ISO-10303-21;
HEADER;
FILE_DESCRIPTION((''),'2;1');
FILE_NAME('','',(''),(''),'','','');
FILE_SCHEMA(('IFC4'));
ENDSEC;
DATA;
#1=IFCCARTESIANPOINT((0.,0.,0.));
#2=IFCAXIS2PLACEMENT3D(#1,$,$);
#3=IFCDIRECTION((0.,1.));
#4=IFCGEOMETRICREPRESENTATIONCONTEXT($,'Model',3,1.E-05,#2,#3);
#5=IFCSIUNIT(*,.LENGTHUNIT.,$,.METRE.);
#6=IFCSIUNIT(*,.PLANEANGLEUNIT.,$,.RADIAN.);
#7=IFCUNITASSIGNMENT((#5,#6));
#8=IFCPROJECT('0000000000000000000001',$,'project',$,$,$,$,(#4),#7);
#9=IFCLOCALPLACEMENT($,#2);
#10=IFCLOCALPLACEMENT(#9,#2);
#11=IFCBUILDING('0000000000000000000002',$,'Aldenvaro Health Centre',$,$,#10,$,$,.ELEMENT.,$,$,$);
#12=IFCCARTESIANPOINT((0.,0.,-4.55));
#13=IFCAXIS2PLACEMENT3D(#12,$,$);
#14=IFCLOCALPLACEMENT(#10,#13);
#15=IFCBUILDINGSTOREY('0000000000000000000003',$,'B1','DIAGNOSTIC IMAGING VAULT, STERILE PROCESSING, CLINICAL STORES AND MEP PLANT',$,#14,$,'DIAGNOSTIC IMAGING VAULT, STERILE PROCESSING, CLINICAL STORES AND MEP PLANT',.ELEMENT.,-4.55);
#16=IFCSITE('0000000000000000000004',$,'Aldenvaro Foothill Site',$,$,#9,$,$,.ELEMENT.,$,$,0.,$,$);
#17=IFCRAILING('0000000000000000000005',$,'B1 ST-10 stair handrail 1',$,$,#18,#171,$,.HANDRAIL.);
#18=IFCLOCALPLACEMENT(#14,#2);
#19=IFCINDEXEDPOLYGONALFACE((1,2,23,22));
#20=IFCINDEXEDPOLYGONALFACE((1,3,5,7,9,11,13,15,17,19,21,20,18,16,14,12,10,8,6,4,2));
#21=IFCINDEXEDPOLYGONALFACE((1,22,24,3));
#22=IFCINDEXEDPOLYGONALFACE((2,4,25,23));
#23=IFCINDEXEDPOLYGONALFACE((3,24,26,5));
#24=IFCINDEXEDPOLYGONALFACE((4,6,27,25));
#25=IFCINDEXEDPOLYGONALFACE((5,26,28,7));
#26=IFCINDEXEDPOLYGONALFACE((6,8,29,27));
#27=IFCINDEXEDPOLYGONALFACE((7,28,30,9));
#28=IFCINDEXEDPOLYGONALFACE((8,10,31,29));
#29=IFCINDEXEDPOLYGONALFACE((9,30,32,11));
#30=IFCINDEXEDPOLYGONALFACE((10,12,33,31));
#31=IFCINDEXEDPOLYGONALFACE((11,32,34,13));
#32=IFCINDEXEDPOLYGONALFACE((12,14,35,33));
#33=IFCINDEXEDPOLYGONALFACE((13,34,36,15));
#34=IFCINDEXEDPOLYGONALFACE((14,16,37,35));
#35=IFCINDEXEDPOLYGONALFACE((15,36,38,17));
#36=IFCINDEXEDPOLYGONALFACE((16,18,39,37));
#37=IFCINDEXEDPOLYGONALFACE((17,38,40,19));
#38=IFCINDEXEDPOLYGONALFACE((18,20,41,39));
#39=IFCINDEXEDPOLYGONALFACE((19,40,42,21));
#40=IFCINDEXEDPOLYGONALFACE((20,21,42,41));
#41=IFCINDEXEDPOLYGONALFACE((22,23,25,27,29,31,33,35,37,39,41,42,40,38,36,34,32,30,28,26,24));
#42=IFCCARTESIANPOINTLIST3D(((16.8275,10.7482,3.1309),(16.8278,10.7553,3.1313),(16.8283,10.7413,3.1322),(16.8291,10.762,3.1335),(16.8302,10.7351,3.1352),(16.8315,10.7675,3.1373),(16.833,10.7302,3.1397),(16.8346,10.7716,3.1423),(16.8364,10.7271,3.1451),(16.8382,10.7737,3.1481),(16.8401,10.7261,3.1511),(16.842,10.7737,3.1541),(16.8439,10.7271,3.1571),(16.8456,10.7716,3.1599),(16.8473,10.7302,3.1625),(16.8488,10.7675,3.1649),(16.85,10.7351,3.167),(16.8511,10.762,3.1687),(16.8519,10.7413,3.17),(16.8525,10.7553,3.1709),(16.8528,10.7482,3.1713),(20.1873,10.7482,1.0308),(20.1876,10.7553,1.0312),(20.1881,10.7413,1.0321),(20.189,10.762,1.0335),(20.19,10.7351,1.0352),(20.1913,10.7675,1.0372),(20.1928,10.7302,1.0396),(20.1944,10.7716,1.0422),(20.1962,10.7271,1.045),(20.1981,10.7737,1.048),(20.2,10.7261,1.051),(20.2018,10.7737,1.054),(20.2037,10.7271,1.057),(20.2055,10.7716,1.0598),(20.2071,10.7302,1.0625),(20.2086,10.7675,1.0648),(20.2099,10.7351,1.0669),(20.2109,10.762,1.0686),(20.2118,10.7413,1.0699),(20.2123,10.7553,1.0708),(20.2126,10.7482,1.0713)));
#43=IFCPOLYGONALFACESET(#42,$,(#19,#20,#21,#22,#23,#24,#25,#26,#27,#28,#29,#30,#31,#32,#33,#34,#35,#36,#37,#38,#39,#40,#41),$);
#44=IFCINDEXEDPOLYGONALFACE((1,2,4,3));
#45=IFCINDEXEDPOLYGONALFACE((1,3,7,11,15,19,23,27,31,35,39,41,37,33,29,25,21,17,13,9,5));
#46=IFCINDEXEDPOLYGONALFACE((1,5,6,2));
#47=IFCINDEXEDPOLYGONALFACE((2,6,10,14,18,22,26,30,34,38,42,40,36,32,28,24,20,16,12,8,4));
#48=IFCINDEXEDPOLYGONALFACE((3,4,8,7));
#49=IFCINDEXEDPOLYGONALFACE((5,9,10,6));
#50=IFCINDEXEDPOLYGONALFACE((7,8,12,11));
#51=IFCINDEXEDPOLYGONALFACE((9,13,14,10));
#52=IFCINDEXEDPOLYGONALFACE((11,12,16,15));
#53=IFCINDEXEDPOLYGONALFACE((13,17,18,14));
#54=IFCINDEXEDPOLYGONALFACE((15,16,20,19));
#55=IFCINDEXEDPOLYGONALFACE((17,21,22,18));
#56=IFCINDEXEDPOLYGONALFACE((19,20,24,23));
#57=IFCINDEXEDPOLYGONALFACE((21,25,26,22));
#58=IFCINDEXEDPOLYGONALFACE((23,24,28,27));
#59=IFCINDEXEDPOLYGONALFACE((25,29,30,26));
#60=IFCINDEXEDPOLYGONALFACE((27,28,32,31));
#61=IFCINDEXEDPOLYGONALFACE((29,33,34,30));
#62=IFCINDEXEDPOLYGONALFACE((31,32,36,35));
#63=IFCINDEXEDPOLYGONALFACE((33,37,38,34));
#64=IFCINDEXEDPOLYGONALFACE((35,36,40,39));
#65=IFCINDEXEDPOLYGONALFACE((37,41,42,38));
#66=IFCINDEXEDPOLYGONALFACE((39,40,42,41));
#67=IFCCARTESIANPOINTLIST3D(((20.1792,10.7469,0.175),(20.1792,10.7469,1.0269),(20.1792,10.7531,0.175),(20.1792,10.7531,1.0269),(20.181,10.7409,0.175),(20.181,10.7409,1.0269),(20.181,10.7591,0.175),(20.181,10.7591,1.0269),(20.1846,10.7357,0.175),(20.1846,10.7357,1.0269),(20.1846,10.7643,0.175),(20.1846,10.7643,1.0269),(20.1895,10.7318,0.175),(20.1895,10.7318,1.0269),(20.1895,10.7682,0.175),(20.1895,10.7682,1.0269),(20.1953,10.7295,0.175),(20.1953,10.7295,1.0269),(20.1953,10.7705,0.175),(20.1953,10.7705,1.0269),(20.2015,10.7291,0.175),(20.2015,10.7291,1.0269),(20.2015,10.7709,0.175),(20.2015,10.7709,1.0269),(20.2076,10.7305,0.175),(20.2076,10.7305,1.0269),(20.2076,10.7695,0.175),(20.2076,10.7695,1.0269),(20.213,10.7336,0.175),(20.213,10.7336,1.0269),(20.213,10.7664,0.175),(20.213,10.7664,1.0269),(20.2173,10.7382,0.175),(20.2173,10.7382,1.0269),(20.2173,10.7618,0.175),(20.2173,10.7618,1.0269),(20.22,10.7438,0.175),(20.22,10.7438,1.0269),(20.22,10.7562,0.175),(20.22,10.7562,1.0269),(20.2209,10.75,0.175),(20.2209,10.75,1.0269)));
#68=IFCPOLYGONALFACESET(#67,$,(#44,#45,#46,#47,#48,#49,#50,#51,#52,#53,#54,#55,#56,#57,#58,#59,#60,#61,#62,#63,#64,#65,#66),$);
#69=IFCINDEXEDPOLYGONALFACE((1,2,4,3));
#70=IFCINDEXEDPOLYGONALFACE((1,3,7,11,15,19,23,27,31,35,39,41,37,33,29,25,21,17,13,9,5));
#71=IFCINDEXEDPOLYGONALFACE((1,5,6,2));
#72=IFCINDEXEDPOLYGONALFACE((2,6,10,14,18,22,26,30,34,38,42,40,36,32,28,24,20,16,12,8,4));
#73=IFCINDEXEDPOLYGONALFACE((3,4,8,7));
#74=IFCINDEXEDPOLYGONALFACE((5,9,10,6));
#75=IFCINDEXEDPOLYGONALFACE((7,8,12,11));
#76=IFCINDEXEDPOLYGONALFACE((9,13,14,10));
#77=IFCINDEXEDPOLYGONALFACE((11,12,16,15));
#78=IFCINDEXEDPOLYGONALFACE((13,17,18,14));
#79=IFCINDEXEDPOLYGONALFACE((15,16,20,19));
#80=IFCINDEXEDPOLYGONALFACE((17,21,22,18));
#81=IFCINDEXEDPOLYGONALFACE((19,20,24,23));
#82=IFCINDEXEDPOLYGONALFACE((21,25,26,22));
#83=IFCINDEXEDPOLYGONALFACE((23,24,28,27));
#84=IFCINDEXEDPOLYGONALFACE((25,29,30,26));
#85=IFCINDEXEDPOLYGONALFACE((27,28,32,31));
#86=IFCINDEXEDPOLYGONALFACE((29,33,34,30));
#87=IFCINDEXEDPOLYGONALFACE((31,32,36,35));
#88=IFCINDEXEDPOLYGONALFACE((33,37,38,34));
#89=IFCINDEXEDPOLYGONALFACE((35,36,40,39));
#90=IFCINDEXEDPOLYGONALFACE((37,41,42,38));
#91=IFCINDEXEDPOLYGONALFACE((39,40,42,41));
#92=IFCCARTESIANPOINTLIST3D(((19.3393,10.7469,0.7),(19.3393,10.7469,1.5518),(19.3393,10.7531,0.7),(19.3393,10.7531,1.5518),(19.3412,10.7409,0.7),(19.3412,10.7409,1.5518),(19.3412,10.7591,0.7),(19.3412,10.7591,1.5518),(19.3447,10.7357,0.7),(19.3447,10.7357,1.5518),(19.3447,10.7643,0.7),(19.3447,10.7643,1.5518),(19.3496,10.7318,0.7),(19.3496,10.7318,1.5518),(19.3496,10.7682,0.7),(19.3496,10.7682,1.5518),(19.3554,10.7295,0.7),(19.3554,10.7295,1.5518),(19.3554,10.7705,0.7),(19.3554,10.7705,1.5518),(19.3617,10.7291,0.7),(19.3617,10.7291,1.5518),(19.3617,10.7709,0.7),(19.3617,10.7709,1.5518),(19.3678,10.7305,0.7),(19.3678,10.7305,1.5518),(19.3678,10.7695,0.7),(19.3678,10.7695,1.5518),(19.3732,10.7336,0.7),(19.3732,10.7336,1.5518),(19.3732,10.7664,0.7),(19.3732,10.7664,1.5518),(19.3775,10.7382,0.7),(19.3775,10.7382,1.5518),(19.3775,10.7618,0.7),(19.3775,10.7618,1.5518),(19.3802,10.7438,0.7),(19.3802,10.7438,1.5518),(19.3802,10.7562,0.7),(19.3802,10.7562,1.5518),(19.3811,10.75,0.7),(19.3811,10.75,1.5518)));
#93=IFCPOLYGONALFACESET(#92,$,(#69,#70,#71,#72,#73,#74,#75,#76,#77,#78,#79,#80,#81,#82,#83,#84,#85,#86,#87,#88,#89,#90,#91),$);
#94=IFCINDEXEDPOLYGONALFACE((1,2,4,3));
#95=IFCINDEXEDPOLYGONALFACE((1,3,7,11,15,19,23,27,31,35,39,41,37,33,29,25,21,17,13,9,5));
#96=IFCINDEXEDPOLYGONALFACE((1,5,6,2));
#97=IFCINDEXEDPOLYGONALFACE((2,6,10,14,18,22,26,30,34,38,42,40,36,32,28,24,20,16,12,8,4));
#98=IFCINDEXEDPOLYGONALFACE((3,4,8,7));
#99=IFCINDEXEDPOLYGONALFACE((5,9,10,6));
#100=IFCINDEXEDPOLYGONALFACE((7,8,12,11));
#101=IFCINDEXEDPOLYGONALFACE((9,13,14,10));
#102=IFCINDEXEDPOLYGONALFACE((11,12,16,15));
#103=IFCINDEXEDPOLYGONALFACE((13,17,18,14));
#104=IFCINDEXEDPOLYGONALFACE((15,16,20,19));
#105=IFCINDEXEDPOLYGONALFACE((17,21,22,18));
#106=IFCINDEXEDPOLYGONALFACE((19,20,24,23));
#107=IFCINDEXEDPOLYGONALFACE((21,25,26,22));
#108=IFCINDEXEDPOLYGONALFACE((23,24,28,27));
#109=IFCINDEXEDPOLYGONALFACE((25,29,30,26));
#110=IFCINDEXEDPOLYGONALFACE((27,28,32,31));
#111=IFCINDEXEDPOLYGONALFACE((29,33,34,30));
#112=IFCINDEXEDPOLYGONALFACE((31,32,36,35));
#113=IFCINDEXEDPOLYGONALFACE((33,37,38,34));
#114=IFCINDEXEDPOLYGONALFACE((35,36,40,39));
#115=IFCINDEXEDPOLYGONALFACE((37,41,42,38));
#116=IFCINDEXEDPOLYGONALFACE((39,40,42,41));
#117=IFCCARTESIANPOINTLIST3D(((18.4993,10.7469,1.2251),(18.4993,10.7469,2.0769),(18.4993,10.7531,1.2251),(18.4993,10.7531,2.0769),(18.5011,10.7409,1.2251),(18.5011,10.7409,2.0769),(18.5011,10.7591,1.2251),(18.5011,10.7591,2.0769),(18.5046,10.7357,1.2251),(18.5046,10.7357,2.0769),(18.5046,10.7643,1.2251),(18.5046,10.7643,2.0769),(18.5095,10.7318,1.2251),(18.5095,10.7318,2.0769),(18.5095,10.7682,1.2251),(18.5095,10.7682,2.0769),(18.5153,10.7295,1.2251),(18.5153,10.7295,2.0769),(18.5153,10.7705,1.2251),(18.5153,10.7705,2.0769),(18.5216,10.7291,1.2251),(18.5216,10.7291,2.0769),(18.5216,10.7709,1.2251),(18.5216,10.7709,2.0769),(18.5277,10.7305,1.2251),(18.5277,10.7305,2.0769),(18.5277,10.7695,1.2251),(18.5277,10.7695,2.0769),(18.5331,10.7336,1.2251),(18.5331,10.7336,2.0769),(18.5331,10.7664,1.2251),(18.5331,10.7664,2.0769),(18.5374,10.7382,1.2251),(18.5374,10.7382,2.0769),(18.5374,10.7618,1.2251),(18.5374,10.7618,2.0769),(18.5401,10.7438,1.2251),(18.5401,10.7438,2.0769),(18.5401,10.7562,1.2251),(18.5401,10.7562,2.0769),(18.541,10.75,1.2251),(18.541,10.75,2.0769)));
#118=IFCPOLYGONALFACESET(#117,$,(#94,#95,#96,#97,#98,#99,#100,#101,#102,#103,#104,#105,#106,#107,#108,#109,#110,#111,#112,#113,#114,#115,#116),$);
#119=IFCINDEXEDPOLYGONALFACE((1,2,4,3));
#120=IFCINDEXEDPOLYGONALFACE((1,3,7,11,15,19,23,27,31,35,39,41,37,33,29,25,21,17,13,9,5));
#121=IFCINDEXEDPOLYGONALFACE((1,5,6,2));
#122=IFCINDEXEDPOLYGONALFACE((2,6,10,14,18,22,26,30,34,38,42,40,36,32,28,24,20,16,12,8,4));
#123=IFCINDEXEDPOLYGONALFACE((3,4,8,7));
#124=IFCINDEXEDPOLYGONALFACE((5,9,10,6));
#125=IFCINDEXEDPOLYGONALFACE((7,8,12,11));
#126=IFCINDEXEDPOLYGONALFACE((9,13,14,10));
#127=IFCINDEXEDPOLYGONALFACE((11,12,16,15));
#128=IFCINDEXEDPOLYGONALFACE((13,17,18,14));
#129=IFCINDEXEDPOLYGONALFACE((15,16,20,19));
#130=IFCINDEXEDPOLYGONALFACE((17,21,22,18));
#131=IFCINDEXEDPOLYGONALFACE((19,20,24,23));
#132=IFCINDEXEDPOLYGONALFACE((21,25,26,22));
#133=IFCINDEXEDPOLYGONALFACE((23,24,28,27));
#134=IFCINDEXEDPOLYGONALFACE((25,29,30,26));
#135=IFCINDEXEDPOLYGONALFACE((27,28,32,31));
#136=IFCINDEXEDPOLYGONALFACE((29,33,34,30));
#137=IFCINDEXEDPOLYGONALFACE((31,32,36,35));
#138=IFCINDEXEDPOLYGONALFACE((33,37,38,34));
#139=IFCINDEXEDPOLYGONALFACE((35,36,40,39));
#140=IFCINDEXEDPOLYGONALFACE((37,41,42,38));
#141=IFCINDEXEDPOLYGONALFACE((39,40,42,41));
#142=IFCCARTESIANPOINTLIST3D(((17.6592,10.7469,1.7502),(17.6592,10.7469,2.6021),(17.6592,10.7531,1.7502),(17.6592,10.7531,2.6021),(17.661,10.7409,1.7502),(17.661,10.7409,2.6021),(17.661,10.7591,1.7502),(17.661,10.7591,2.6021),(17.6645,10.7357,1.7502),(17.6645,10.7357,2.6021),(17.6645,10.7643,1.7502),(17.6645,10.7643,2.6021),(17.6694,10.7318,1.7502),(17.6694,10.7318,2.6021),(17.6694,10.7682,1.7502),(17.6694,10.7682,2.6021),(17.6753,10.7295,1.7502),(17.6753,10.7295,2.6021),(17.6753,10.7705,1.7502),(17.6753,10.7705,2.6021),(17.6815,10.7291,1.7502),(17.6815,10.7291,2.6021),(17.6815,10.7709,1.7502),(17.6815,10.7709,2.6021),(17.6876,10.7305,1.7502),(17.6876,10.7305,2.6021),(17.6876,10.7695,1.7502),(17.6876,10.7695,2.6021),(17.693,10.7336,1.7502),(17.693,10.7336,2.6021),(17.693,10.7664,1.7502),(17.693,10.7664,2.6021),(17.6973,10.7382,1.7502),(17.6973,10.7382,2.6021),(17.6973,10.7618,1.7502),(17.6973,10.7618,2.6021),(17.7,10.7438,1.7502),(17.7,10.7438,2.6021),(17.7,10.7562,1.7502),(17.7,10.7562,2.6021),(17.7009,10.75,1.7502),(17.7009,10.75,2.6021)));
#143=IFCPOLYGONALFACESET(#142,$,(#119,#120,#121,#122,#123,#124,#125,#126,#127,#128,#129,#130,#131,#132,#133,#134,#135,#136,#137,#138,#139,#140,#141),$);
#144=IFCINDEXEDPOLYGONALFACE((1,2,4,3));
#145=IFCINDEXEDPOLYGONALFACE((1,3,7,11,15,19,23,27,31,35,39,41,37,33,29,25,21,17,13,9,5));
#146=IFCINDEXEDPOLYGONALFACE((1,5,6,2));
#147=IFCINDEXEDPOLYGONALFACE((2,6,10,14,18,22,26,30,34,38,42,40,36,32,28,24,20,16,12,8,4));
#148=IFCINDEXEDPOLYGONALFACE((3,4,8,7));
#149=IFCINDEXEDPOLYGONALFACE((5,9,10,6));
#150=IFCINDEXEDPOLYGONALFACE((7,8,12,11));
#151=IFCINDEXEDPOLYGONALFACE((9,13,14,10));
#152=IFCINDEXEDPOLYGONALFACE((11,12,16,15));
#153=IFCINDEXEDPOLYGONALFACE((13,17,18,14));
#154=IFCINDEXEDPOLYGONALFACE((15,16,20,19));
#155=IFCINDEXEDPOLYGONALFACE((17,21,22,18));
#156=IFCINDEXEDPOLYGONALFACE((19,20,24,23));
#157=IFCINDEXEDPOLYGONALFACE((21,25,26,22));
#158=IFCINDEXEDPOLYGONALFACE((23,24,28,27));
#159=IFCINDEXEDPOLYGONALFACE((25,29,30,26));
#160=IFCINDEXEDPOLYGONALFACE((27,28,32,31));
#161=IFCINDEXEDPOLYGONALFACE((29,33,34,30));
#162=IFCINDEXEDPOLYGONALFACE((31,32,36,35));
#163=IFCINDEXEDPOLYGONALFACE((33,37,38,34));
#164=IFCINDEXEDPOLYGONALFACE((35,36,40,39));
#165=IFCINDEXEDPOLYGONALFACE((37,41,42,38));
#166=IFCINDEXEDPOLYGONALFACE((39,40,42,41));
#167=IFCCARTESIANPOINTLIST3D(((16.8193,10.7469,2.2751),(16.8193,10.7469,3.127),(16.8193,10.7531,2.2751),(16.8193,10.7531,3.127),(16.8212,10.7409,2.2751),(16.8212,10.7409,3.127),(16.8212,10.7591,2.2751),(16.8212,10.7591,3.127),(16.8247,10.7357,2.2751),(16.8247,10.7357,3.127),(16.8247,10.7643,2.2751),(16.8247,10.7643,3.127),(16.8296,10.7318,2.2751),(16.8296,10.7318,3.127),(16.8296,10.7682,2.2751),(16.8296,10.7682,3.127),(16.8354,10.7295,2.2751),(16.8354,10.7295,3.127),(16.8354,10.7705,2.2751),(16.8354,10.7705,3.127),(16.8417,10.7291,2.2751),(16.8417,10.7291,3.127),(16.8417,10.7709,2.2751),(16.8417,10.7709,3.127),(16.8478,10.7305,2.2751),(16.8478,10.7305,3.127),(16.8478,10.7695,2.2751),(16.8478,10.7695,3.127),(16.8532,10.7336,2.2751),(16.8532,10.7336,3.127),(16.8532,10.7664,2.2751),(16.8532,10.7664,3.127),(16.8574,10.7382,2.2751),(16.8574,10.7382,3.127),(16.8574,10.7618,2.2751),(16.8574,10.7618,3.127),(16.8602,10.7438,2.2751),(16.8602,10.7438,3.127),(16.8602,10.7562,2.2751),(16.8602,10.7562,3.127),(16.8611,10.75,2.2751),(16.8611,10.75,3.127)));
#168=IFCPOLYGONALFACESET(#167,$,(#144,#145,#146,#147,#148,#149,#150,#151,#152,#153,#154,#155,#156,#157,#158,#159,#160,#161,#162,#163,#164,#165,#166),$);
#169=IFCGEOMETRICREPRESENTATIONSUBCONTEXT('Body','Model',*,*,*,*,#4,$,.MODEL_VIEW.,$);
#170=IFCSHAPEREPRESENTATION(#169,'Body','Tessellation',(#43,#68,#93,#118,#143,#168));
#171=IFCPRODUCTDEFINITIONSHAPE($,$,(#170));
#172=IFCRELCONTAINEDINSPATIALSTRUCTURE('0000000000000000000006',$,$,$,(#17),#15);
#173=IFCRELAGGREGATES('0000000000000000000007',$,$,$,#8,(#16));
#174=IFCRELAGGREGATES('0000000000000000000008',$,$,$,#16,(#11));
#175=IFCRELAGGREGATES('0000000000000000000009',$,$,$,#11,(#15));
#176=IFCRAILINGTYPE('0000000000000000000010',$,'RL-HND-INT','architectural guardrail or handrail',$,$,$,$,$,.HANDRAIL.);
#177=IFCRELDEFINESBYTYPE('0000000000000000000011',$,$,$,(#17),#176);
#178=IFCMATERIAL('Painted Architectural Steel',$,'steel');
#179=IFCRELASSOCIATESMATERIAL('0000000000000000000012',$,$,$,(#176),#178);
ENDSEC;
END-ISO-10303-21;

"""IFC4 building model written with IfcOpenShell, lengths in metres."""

from ifc_helpers import new_model, si_unit, direction, frame, origin, origin_2d, place, context, subcontext, project, spatial, circle, extrude, material, type_object, element, save


model = new_model("IFC4")

# Units and contexts
model_context = context("Model", 3, precision=1e-05, world=origin(), true_north=direction((0.0, 1.0)))
body_context = subcontext(model_context, "Body", "Model", "MODEL_VIEW")
ifc_project = project(units=[si_unit("LENGTHUNIT", "METRE"), si_unit("PLANEANGLEUNIT", "RADIAN")], contexts=[model_context])

# Site, building, storey
site_placement = place(None, origin())
site = spatial("IfcSite", under=ifc_project, at=site_placement, Name="Aldenvaro Foothill Site", CompositionType="ELEMENT", RefElevation=0.0)
building_placement = place(site_placement, origin())
building = spatial("IfcBuilding", under=site, at=building_placement, Name="Aldenvaro Health Centre", CompositionType="ELEMENT")
storey_placement = place(building_placement, frame((0.0, 0.0, -4.55)))
storey = spatial("IfcBuildingStorey", under=building, at=storey_placement, Name="B1", Description="DIAGNOSTIC IMAGING VAULT, STERILE PROCESSING, CLINICAL STORES AND MEP PLANT", LongName="DIAGNOSTIC IMAGING VAULT, STERILE PROCESSING, CLINICAL STORES AND MEP PLANT", CompositionType="ELEMENT", Elevation=-4.55)

# Railing
ifc_material_1 = material(Name="Painted Architectural Steel", Category="steel")
railing_type_1 = type_object("IfcRailingType", Name="RL-HND-INT", Description="architectural guardrail or handrail", PredefinedType="HANDRAIL", material=ifc_material_1)
railing_1_placement = place(storey_placement, frame((20.2, 10.75, 0.175)))
element("IfcRailing", 1, at=railing_1_placement, inside=storey, type_object=railing_type_1, Name="B1 ST-10 stair handrail 1", PredefinedType="HANDRAIL", context=body_context, shape_type="SweptSolid", body=[
    extrude(circle(Radius=0.0239, at=origin_2d()), frame((0.0, 0.0, 0.876), z_axis=(-0.847978, 0.0, 0.530032), x_axis=(0.0, -1.0, 0.0)), (0.0, 0.0, 1.0), 3.9622),
    extrude(circle(Radius=0.021, at=origin_2d()), origin(), (0.0, 0.0, 1.0), 0.8518),
    extrude(circle(Radius=0.021, at=origin_2d()), frame((-0.8398, 0.0, 0.5249)), (0.0, 0.0, 1.0), 0.8518),
    extrude(circle(Radius=0.021, at=origin_2d()), frame((-1.6799, 0.0, 1.05)), (0.0, 0.0, 1.0), 0.8518),
    extrude(circle(Radius=0.021, at=origin_2d()), frame((-2.52, 0.0, 1.5752)), (0.0, 0.0, 1.0), 0.8518),
    extrude(circle(Radius=0.021, at=origin_2d()), frame((-3.3599, 0.0, 2.1001)), (0.0, 0.0, 1.0), 0.8518),
])

save(model, "model.ifc")
